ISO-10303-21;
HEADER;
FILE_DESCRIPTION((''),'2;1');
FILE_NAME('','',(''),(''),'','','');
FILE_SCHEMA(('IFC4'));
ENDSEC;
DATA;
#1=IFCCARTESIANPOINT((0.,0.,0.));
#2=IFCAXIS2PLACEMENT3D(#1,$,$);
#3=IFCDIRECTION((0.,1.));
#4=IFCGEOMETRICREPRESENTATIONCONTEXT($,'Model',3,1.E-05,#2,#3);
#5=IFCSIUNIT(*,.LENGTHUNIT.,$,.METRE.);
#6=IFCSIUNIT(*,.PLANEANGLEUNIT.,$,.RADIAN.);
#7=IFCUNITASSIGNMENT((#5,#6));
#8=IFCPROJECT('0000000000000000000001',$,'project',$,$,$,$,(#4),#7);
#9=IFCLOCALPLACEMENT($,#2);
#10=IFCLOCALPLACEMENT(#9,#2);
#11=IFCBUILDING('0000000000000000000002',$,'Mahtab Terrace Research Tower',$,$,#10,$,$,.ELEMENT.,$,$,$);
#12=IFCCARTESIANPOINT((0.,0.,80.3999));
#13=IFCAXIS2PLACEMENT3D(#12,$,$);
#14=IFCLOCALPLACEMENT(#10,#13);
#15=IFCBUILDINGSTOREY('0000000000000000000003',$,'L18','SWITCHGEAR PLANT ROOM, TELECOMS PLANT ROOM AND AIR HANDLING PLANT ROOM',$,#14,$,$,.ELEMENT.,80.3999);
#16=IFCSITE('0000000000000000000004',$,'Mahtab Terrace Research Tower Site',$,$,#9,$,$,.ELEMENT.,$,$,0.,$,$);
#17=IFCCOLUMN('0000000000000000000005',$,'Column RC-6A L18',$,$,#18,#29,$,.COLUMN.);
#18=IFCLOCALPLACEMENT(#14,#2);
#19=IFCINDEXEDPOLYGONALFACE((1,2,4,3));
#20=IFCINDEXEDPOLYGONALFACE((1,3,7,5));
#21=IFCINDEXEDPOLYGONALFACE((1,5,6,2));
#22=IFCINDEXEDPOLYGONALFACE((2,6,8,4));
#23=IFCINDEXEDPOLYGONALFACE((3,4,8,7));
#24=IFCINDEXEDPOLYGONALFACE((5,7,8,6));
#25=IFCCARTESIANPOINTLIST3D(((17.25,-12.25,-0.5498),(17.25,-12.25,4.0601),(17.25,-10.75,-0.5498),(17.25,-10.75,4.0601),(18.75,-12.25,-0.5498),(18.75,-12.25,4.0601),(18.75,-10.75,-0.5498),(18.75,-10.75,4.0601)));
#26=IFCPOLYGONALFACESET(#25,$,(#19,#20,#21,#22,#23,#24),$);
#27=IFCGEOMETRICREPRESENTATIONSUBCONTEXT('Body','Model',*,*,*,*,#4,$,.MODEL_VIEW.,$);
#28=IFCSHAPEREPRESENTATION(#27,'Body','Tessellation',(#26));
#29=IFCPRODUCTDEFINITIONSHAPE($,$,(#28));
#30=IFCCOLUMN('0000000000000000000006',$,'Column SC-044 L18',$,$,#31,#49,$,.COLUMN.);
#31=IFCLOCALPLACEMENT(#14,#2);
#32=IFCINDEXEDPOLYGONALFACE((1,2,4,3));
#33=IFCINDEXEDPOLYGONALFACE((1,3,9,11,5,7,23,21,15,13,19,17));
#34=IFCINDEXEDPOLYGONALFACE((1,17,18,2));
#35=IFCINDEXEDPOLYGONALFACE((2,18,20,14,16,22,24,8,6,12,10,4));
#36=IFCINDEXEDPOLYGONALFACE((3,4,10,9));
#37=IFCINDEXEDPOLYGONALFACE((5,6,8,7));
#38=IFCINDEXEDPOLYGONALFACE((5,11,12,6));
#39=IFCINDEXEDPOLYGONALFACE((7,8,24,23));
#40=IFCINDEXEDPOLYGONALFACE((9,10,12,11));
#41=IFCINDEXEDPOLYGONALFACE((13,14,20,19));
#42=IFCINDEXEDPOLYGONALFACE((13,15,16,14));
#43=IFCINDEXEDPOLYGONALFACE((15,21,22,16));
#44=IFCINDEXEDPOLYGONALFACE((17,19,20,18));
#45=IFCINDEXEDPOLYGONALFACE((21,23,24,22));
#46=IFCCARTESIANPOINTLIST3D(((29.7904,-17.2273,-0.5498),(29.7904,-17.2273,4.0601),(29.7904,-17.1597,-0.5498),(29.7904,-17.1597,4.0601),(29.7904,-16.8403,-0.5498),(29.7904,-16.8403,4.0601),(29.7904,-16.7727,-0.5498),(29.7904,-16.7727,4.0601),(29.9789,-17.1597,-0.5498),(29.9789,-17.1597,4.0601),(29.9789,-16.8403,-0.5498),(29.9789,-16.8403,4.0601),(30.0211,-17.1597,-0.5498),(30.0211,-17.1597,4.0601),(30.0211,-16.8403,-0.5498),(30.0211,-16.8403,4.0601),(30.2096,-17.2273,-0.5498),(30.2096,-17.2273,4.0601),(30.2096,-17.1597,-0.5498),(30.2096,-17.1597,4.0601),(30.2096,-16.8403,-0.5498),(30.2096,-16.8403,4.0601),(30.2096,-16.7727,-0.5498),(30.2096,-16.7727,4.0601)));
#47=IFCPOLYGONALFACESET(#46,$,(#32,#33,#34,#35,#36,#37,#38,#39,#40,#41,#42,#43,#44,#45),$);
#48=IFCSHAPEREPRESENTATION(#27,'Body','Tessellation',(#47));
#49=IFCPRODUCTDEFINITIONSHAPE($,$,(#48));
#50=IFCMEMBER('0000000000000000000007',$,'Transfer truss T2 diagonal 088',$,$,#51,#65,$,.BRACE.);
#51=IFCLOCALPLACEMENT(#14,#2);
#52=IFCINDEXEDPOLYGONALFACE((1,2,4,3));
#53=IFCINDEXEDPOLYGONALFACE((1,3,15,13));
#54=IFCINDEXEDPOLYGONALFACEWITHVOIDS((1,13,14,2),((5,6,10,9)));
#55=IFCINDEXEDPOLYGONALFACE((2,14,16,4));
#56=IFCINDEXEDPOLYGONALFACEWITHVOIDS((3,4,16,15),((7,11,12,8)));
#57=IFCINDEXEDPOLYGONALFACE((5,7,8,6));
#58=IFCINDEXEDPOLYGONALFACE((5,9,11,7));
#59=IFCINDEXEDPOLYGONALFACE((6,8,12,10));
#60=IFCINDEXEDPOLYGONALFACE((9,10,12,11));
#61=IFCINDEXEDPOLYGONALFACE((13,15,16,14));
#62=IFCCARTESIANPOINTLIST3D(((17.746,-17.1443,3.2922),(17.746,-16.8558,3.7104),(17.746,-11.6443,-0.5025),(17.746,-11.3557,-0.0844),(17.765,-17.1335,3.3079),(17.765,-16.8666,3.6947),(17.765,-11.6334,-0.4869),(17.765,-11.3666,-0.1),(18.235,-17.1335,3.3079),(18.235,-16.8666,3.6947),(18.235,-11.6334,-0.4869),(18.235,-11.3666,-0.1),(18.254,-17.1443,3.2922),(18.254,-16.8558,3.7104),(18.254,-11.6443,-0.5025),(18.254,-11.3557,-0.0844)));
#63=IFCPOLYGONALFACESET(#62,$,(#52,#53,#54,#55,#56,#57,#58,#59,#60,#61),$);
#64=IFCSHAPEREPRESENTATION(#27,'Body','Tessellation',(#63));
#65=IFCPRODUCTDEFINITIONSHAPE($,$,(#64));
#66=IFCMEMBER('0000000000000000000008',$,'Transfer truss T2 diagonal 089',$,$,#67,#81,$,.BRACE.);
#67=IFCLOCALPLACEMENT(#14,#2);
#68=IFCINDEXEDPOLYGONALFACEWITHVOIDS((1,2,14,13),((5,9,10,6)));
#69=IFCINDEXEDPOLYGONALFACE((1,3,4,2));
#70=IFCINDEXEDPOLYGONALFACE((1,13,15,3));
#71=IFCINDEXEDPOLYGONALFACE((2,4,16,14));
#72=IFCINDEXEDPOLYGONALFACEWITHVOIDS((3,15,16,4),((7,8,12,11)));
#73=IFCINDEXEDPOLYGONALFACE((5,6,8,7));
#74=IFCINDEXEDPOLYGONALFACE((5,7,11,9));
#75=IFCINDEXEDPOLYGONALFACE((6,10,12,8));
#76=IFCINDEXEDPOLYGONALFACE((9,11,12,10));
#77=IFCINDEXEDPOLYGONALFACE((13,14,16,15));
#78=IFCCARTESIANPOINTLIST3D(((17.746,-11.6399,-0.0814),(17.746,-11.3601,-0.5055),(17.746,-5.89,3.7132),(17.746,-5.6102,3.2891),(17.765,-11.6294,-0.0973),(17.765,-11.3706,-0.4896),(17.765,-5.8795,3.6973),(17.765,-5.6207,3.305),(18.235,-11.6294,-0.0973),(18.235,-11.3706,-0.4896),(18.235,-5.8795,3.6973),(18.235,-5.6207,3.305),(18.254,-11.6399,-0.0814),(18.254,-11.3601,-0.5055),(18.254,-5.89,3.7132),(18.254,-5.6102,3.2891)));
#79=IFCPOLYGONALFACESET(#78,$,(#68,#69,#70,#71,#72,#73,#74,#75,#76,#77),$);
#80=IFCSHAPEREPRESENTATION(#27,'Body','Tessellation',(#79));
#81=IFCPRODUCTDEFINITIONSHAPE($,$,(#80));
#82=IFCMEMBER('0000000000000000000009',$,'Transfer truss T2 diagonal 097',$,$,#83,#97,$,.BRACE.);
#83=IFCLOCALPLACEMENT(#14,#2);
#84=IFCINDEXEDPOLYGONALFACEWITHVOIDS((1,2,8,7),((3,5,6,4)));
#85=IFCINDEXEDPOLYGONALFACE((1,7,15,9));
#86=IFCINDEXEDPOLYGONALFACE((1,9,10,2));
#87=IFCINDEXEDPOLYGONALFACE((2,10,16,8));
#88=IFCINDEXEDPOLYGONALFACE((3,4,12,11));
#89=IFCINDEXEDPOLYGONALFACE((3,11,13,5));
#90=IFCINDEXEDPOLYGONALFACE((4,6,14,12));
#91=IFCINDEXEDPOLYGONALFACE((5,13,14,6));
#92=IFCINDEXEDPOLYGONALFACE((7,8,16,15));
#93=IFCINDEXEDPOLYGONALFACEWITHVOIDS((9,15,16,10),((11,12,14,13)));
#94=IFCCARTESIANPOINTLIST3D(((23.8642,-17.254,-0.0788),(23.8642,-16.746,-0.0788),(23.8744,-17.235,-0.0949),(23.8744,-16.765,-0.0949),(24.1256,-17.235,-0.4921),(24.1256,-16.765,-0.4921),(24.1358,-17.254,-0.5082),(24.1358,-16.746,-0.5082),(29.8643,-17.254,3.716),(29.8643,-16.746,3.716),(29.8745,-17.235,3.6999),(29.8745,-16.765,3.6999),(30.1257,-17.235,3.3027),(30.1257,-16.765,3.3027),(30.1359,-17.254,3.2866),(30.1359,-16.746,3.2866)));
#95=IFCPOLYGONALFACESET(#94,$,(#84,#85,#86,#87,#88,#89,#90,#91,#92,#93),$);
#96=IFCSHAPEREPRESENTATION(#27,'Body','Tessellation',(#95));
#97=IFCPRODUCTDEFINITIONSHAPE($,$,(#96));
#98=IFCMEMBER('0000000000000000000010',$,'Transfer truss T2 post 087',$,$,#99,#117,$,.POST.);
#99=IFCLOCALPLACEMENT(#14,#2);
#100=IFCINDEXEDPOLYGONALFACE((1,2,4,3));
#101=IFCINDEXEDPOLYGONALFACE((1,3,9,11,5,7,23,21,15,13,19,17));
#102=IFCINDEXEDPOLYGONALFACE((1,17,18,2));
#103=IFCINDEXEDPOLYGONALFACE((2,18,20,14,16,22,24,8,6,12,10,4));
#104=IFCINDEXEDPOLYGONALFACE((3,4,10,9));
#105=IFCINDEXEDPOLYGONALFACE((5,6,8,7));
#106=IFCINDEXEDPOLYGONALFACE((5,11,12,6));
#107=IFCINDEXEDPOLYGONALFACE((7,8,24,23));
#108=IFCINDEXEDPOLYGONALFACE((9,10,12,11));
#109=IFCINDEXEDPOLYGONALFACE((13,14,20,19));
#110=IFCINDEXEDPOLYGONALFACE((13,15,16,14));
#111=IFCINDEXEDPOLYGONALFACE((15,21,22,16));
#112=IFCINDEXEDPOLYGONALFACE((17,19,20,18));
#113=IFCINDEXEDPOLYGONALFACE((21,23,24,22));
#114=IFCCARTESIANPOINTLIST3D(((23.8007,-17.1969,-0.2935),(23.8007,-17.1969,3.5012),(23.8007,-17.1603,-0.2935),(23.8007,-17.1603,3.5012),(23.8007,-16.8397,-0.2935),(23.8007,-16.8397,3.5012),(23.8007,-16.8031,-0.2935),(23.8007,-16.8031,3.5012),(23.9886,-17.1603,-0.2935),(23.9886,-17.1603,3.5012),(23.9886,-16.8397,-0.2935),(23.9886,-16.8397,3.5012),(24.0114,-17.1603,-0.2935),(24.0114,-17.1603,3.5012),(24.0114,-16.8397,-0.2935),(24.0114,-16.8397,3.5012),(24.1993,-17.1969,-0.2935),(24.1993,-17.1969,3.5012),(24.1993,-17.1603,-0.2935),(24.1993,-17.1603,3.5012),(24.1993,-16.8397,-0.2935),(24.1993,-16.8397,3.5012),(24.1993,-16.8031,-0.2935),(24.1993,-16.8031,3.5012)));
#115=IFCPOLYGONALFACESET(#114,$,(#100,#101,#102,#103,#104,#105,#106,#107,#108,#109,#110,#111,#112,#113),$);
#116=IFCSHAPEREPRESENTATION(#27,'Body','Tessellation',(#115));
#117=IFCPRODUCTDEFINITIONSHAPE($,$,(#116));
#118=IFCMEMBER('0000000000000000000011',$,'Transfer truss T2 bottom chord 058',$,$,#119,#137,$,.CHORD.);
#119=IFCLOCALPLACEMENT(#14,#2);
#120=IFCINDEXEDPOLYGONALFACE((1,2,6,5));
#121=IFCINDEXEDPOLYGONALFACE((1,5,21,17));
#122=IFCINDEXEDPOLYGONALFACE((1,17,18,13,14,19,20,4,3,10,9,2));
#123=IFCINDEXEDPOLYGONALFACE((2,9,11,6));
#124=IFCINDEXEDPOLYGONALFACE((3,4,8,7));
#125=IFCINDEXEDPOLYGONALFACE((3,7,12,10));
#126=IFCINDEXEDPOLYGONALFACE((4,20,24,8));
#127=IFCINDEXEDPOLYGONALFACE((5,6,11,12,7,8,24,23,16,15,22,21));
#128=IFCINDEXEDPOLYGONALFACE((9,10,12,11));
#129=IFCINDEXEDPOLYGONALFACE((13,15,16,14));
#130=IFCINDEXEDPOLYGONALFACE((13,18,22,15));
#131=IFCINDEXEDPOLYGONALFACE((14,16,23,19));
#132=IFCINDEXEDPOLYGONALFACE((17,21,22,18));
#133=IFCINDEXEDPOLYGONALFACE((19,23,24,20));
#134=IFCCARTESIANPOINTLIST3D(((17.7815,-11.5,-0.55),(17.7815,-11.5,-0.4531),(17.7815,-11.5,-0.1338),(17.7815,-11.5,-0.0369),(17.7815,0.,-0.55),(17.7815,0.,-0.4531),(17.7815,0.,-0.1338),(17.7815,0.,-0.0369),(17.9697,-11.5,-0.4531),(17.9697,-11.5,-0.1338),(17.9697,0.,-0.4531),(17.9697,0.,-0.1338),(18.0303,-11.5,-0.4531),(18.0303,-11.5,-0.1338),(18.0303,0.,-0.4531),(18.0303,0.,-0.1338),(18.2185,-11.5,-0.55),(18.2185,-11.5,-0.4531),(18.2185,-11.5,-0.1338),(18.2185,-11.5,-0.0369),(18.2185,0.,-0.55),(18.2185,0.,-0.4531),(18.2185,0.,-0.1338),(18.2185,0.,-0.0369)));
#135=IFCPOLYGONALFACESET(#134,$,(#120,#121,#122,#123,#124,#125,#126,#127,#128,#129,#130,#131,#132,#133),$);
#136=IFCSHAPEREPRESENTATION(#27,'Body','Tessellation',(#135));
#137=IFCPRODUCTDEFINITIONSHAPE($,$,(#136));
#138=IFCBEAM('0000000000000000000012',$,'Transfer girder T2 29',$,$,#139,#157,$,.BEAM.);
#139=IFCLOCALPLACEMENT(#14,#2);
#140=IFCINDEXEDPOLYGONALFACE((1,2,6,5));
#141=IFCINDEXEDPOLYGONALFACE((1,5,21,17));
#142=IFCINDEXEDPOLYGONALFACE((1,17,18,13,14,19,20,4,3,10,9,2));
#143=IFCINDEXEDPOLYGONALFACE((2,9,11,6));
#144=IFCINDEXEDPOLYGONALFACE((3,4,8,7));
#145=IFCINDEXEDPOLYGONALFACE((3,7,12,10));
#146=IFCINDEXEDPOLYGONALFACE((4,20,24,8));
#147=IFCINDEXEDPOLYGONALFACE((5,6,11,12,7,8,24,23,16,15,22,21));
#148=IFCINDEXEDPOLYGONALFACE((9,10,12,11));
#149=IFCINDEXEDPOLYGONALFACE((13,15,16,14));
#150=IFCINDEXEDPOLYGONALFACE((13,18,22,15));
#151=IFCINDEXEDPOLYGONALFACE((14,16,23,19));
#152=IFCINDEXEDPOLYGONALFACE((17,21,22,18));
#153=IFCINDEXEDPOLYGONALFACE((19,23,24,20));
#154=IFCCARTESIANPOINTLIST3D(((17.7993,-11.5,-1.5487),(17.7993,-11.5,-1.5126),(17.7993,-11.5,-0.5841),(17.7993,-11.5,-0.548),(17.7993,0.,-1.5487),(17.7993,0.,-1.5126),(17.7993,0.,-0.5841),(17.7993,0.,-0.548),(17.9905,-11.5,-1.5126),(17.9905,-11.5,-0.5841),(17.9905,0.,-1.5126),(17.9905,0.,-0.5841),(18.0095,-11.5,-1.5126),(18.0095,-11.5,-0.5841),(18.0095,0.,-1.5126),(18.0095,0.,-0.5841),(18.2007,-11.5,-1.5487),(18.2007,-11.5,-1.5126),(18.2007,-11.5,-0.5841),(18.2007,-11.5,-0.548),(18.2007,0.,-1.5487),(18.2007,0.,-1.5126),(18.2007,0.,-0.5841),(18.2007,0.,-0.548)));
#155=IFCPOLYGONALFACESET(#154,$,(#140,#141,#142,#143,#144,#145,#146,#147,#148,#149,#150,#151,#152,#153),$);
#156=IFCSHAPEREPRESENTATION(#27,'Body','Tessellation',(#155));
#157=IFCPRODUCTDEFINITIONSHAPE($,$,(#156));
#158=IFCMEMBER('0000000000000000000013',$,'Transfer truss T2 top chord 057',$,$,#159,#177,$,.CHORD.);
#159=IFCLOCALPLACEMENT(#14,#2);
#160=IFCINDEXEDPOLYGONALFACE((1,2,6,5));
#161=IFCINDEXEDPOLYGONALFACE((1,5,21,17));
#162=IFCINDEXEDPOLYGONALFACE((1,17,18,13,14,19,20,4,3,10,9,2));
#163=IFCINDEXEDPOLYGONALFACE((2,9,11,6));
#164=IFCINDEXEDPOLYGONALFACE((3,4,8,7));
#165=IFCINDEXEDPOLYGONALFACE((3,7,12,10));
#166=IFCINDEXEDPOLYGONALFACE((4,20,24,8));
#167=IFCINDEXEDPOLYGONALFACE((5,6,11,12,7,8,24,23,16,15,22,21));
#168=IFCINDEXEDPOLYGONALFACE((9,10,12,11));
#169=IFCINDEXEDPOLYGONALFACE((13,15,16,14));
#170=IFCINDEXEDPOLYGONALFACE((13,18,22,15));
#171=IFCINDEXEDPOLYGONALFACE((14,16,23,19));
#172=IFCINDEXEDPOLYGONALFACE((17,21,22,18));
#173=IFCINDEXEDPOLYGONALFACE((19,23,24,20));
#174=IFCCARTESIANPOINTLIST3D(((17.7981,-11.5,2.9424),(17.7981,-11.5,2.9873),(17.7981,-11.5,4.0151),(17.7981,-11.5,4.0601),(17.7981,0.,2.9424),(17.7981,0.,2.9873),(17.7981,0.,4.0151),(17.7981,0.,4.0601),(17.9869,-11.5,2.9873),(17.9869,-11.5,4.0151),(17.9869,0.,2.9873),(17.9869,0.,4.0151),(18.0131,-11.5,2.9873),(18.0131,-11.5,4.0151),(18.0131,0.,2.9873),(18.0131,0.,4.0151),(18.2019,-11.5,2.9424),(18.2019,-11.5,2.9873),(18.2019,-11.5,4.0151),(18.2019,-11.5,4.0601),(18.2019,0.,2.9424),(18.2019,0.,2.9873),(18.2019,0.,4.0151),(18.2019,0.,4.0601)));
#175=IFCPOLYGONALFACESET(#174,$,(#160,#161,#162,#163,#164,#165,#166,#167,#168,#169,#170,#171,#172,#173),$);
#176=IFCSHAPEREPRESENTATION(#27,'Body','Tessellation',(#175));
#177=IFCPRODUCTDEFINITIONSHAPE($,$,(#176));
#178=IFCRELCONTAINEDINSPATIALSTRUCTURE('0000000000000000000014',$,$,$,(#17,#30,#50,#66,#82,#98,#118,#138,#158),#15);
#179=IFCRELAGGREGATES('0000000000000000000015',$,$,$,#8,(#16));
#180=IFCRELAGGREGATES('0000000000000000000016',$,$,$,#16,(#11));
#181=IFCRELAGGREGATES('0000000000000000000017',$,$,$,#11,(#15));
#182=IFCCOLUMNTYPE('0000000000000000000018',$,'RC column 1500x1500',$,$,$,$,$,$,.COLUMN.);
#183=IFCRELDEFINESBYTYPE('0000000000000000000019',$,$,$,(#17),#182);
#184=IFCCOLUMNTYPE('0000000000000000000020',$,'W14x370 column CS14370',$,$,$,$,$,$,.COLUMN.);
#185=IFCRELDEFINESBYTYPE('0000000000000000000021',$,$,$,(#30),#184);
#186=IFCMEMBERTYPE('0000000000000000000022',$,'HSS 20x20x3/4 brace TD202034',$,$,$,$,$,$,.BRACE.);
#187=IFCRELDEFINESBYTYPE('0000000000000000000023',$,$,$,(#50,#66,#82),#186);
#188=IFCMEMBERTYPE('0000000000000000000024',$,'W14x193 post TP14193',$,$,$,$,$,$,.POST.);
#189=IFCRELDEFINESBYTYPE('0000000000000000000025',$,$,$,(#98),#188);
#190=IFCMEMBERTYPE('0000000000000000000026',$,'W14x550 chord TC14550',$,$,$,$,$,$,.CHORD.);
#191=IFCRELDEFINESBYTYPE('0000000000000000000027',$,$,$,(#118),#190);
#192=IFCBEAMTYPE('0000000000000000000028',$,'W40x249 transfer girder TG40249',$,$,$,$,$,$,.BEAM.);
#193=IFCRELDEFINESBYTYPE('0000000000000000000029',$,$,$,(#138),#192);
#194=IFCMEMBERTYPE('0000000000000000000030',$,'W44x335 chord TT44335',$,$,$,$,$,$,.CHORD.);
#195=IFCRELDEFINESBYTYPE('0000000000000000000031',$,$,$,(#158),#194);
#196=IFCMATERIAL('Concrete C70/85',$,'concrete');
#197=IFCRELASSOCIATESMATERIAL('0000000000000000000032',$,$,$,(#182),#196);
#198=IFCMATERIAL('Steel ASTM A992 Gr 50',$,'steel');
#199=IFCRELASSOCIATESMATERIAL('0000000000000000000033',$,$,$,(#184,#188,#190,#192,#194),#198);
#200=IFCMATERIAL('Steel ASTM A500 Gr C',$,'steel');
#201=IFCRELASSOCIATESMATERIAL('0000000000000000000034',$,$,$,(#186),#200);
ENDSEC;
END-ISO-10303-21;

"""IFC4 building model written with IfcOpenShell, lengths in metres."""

from ifc_helpers import new_model, si_unit, direction, frame, origin, origin_2d, place, context, subcontext, project, spatial, rectangle, hollow_rectangle, i_section, extrude, material, material_profile, profile_set, type_object, element, save


model = new_model("IFC4")

# Units and contexts
model_context = context("Model", 3, precision=1e-05, world=origin(), true_north=direction((0.0, 1.0)))
body_context = subcontext(model_context, "Body", "Model", "MODEL_VIEW")
ifc_project = project(units=[si_unit("LENGTHUNIT", "METRE"), si_unit("PLANEANGLEUNIT", "RADIAN")], contexts=[model_context])

# Site, building, storey
site_placement = place(None, origin())
site = spatial("IfcSite", under=ifc_project, at=site_placement, Name="Mahtab Terrace Research Tower Site", CompositionType="ELEMENT", RefElevation=0.0)
building_placement = place(site_placement, origin())
building = spatial("IfcBuilding", under=site, at=building_placement, Name="Mahtab Terrace Research Tower", CompositionType="ELEMENT")
storey_placement = place(building_placement, frame((0.0, 0.0, 80.3999)))
storey = spatial("IfcBuildingStorey", under=building, at=storey_placement, Name="L18", Description="SWITCHGEAR PLANT ROOM, TELECOMS PLANT ROOM AND AIR HANDLING PLANT ROOM", CompositionType="ELEMENT", Elevation=80.3999)

# Columns
ifc_material_1 = material(Name="Concrete C70/85", Category="concrete")
ifc_material_profile_1 = material_profile(ifc_material_1, rectangle(XDim=1.5, YDim=1.5, at=origin_2d()), Name="RC column 1500x1500")
ifc_profile_set_1 = profile_set([ifc_material_profile_1], Name="Concrete C70/85")
column_type_1 = type_object("IfcColumnType", Name="RC column 1500x1500", PredefinedType="COLUMN", material=ifc_profile_set_1)
column_1_placement = place(storey_placement, frame((18.0, -11.5, -0.5498), z_axis=(0.0, 0.0, 1.0), x_axis=(1.0, 0.0, 0.0)))
element("IfcColumn", 1, at=column_1_placement, inside=storey, type_object=column_type_1, Name="Column RC-6A L18", PredefinedType="COLUMN", context=body_context, shape_type="SweptSolid", body=[
    extrude(rectangle(XDim=1.5, YDim=1.5, at=origin_2d()), origin(), (0.0, 0.0, 1.0), 4.6099),
])
ifc_material_2 = material(Name="Steel ASTM A992 Gr 50", Category="steel")
ifc_material_profile_2 = material_profile(ifc_material_2, i_section(OverallWidth=0.4192, OverallDepth=0.4546, WebThickness=0.0422, FlangeThickness=0.0676, at=origin_2d()), Name="W14X370")
ifc_profile_set_2 = profile_set([ifc_material_profile_2], Name="Steel ASTM A992 Gr 50")
column_type_2 = type_object("IfcColumnType", Name="W14x370 column CS14370", PredefinedType="COLUMN", material=ifc_profile_set_2)
column_2_placement = place(storey_placement, frame((30.0, -17.0, -0.5498), z_axis=(0.0, 0.0, 1.0), x_axis=(1.0, 0.0, 0.0)))
element("IfcColumn", 2, at=column_2_placement, inside=storey, type_object=column_type_2, Name="Column SC-044 L18", PredefinedType="COLUMN", context=body_context, shape_type="SweptSolid", body=[
    extrude(i_section(OverallWidth=0.4192, OverallDepth=0.4546, WebThickness=0.0422, FlangeThickness=0.0676, at=origin_2d()), origin(), (0.0, 0.0, 1.0), 4.6099),
])

# Members
ifc_material_3 = material(Name="Steel ASTM A500 Gr C", Category="steel")
ifc_material_profile_3 = material_profile(ifc_material_3, hollow_rectangle(XDim=0.5081, YDim=0.5081, WallThickness=0.019, at=origin_2d()), Name="HSS20X20X3/4")
ifc_profile_set_3 = profile_set([ifc_material_profile_3], Name="Steel ASTM A500 Gr C")
member_type_1 = type_object("IfcMemberType", Name="HSS 20x20x3/4 brace TD202034", PredefinedType="BRACE", material=ifc_profile_set_3)
member_1_placement = place(storey_placement, frame((18.0, -11.5, -0.2935), z_axis=(0.0, -0.823103, 0.567893), x_axis=(1.0, 0.0, 0.0)))
element("IfcMember", 3, at=member_1_placement, inside=storey, type_object=member_type_1, Name="Transfer truss T2 diagonal 088", PredefinedType="BRACE", context=body_context, shape_type="SweptSolid", body=[
    extrude(hollow_rectangle(XDim=0.5081, YDim=0.5081, WallThickness=0.019, at=origin_2d()), origin(), (0.0, 0.0, 1.0), 6.6821),
])
member_2_placement = place(storey_placement, frame((18.0, -11.5, -0.2935), z_axis=(0.0, 0.834631, 0.55081), x_axis=(-1.0, 0.0, 0.0)))
element("IfcMember", 4, at=member_2_placement, inside=storey, type_object=member_type_1, Name="Transfer truss T2 diagonal 089", PredefinedType="BRACE", context=body_context, shape_type="SweptSolid", body=[
    extrude(hollow_rectangle(XDim=0.5081, YDim=0.5081, WallThickness=0.019, at=origin_2d()), origin(), (0.0, 0.0, 1.0), 6.8892),
])
member_3_placement = place(storey_placement, frame((24.0, -17.0, -0.2935), z_axis=(0.845158, 0.0, 0.534517), x_axis=(0.0, 1.0, 0.0)))
element("IfcMember", 5, at=member_3_placement, inside=storey, type_object=member_type_1, Name="Transfer truss T2 diagonal 097", PredefinedType="BRACE", context=body_context, shape_type="SweptSolid", body=[
    extrude(hollow_rectangle(XDim=0.5081, YDim=0.5081, WallThickness=0.019, at=origin_2d()), origin(), (0.0, 0.0, 1.0), 7.0994),
])
ifc_material_profile_4 = material_profile(ifc_material_2, i_section(OverallWidth=0.3987, OverallDepth=0.3938, WebThickness=0.0227, FlangeThickness=0.0366, at=origin_2d()), Name="W14X193")
ifc_profile_set_4 = profile_set([ifc_material_profile_4], Name="Steel ASTM A992 Gr 50")
member_type_2 = type_object("IfcMemberType", Name="W14x193 post TP14193", PredefinedType="POST", material=ifc_profile_set_4)
member_4_placement = place(storey_placement, frame((24.0, -17.0, -0.2935), z_axis=(0.0, 0.0, 1.0), x_axis=(1.0, 0.0, 0.0)))
element("IfcMember", 6, at=member_4_placement, inside=storey, type_object=member_type_2, Name="Transfer truss T2 post 087", PredefinedType="POST", context=body_context, shape_type="SweptSolid", body=[
    extrude(i_section(OverallWidth=0.3987, OverallDepth=0.3938, WebThickness=0.0227, FlangeThickness=0.0366, at=origin_2d()), origin(), (0.0, 0.0, 1.0), 3.7947),
])
ifc_material_profile_5 = material_profile(ifc_material_2, i_section(OverallWidth=0.437, OverallDepth=0.5132, WebThickness=0.0605, FlangeThickness=0.0969, at=origin_2d()), Name="W14X550")
ifc_profile_set_5 = profile_set([ifc_material_profile_5], Name="Steel ASTM A992 Gr 50")
member_type_3 = type_object("IfcMemberType", Name="W14x550 chord TC14550", PredefinedType="CHORD", material=ifc_profile_set_5)
member_5_placement = place(storey_placement, frame((18.0, -11.5, -0.2935), z_axis=(0.0, 1.0, 0.0), x_axis=(-1.0, 0.0, 0.0)))
element("IfcMember", 7, at=member_5_placement, inside=storey, type_object=member_type_3, Name="Transfer truss T2 bottom chord 058", PredefinedType="CHORD", context=body_context, shape_type="SweptSolid", body=[
    extrude(i_section(OverallWidth=0.437, OverallDepth=0.5132, WebThickness=0.0605, FlangeThickness=0.0969, at=origin_2d()), origin(), (0.0, 0.0, 1.0), 11.5),
])

# Beam
ifc_material_profile_6 = material_profile(ifc_material_2, i_section(OverallWidth=0.4014, OverallDepth=1.0007, WebThickness=0.019, FlangeThickness=0.0361, at=origin_2d()), Name="W40X249")
ifc_profile_set_6 = profile_set([ifc_material_profile_6], Name="Steel ASTM A992 Gr 50")
beam_type = type_object("IfcBeamType", Name="W40x249 transfer girder TG40249", PredefinedType="BEAM", material=ifc_profile_set_6)
beam_placement = place(storey_placement, frame((18.0, -11.5, -1.0483), z_axis=(0.0, 1.0, 0.0), x_axis=(-1.0, 0.0, 0.0)))
element("IfcBeam", 8, at=beam_placement, inside=storey, type_object=beam_type, Name="Transfer girder T2 29", PredefinedType="BEAM", context=body_context, shape_type="SweptSolid", body=[
    extrude(i_section(OverallWidth=0.4014, OverallDepth=1.0007, WebThickness=0.019, FlangeThickness=0.0361, at=origin_2d()), origin(), (0.0, 0.0, 1.0), 11.5),
])

# Member
ifc_material_profile_7 = material_profile(ifc_material_2, i_section(OverallWidth=0.4038, OverallDepth=1.1177, WebThickness=0.0261, FlangeThickness=0.0449, at=origin_2d()), Name="W44X335")
ifc_profile_set_7 = profile_set([ifc_material_profile_7], Name="Steel ASTM A992 Gr 50")
member_type_4 = type_object("IfcMemberType", Name="W44x335 chord TT44335", PredefinedType="CHORD", material=ifc_profile_set_7)
member_6_placement = place(storey_placement, frame((18.0, -11.5, 3.5012), z_axis=(0.0, 1.0, 0.0), x_axis=(-1.0, 0.0, 0.0)))
element("IfcMember", 9, at=member_6_placement, inside=storey, type_object=member_type_4, Name="Transfer truss T2 top chord 057", PredefinedType="CHORD", context=body_context, shape_type="SweptSolid", body=[
    extrude(i_section(OverallWidth=0.4038, OverallDepth=1.1177, WebThickness=0.0261, FlangeThickness=0.0449, at=origin_2d()), origin(), (0.0, 0.0, 1.0), 11.5),
])

save(model, "model.ifc")
